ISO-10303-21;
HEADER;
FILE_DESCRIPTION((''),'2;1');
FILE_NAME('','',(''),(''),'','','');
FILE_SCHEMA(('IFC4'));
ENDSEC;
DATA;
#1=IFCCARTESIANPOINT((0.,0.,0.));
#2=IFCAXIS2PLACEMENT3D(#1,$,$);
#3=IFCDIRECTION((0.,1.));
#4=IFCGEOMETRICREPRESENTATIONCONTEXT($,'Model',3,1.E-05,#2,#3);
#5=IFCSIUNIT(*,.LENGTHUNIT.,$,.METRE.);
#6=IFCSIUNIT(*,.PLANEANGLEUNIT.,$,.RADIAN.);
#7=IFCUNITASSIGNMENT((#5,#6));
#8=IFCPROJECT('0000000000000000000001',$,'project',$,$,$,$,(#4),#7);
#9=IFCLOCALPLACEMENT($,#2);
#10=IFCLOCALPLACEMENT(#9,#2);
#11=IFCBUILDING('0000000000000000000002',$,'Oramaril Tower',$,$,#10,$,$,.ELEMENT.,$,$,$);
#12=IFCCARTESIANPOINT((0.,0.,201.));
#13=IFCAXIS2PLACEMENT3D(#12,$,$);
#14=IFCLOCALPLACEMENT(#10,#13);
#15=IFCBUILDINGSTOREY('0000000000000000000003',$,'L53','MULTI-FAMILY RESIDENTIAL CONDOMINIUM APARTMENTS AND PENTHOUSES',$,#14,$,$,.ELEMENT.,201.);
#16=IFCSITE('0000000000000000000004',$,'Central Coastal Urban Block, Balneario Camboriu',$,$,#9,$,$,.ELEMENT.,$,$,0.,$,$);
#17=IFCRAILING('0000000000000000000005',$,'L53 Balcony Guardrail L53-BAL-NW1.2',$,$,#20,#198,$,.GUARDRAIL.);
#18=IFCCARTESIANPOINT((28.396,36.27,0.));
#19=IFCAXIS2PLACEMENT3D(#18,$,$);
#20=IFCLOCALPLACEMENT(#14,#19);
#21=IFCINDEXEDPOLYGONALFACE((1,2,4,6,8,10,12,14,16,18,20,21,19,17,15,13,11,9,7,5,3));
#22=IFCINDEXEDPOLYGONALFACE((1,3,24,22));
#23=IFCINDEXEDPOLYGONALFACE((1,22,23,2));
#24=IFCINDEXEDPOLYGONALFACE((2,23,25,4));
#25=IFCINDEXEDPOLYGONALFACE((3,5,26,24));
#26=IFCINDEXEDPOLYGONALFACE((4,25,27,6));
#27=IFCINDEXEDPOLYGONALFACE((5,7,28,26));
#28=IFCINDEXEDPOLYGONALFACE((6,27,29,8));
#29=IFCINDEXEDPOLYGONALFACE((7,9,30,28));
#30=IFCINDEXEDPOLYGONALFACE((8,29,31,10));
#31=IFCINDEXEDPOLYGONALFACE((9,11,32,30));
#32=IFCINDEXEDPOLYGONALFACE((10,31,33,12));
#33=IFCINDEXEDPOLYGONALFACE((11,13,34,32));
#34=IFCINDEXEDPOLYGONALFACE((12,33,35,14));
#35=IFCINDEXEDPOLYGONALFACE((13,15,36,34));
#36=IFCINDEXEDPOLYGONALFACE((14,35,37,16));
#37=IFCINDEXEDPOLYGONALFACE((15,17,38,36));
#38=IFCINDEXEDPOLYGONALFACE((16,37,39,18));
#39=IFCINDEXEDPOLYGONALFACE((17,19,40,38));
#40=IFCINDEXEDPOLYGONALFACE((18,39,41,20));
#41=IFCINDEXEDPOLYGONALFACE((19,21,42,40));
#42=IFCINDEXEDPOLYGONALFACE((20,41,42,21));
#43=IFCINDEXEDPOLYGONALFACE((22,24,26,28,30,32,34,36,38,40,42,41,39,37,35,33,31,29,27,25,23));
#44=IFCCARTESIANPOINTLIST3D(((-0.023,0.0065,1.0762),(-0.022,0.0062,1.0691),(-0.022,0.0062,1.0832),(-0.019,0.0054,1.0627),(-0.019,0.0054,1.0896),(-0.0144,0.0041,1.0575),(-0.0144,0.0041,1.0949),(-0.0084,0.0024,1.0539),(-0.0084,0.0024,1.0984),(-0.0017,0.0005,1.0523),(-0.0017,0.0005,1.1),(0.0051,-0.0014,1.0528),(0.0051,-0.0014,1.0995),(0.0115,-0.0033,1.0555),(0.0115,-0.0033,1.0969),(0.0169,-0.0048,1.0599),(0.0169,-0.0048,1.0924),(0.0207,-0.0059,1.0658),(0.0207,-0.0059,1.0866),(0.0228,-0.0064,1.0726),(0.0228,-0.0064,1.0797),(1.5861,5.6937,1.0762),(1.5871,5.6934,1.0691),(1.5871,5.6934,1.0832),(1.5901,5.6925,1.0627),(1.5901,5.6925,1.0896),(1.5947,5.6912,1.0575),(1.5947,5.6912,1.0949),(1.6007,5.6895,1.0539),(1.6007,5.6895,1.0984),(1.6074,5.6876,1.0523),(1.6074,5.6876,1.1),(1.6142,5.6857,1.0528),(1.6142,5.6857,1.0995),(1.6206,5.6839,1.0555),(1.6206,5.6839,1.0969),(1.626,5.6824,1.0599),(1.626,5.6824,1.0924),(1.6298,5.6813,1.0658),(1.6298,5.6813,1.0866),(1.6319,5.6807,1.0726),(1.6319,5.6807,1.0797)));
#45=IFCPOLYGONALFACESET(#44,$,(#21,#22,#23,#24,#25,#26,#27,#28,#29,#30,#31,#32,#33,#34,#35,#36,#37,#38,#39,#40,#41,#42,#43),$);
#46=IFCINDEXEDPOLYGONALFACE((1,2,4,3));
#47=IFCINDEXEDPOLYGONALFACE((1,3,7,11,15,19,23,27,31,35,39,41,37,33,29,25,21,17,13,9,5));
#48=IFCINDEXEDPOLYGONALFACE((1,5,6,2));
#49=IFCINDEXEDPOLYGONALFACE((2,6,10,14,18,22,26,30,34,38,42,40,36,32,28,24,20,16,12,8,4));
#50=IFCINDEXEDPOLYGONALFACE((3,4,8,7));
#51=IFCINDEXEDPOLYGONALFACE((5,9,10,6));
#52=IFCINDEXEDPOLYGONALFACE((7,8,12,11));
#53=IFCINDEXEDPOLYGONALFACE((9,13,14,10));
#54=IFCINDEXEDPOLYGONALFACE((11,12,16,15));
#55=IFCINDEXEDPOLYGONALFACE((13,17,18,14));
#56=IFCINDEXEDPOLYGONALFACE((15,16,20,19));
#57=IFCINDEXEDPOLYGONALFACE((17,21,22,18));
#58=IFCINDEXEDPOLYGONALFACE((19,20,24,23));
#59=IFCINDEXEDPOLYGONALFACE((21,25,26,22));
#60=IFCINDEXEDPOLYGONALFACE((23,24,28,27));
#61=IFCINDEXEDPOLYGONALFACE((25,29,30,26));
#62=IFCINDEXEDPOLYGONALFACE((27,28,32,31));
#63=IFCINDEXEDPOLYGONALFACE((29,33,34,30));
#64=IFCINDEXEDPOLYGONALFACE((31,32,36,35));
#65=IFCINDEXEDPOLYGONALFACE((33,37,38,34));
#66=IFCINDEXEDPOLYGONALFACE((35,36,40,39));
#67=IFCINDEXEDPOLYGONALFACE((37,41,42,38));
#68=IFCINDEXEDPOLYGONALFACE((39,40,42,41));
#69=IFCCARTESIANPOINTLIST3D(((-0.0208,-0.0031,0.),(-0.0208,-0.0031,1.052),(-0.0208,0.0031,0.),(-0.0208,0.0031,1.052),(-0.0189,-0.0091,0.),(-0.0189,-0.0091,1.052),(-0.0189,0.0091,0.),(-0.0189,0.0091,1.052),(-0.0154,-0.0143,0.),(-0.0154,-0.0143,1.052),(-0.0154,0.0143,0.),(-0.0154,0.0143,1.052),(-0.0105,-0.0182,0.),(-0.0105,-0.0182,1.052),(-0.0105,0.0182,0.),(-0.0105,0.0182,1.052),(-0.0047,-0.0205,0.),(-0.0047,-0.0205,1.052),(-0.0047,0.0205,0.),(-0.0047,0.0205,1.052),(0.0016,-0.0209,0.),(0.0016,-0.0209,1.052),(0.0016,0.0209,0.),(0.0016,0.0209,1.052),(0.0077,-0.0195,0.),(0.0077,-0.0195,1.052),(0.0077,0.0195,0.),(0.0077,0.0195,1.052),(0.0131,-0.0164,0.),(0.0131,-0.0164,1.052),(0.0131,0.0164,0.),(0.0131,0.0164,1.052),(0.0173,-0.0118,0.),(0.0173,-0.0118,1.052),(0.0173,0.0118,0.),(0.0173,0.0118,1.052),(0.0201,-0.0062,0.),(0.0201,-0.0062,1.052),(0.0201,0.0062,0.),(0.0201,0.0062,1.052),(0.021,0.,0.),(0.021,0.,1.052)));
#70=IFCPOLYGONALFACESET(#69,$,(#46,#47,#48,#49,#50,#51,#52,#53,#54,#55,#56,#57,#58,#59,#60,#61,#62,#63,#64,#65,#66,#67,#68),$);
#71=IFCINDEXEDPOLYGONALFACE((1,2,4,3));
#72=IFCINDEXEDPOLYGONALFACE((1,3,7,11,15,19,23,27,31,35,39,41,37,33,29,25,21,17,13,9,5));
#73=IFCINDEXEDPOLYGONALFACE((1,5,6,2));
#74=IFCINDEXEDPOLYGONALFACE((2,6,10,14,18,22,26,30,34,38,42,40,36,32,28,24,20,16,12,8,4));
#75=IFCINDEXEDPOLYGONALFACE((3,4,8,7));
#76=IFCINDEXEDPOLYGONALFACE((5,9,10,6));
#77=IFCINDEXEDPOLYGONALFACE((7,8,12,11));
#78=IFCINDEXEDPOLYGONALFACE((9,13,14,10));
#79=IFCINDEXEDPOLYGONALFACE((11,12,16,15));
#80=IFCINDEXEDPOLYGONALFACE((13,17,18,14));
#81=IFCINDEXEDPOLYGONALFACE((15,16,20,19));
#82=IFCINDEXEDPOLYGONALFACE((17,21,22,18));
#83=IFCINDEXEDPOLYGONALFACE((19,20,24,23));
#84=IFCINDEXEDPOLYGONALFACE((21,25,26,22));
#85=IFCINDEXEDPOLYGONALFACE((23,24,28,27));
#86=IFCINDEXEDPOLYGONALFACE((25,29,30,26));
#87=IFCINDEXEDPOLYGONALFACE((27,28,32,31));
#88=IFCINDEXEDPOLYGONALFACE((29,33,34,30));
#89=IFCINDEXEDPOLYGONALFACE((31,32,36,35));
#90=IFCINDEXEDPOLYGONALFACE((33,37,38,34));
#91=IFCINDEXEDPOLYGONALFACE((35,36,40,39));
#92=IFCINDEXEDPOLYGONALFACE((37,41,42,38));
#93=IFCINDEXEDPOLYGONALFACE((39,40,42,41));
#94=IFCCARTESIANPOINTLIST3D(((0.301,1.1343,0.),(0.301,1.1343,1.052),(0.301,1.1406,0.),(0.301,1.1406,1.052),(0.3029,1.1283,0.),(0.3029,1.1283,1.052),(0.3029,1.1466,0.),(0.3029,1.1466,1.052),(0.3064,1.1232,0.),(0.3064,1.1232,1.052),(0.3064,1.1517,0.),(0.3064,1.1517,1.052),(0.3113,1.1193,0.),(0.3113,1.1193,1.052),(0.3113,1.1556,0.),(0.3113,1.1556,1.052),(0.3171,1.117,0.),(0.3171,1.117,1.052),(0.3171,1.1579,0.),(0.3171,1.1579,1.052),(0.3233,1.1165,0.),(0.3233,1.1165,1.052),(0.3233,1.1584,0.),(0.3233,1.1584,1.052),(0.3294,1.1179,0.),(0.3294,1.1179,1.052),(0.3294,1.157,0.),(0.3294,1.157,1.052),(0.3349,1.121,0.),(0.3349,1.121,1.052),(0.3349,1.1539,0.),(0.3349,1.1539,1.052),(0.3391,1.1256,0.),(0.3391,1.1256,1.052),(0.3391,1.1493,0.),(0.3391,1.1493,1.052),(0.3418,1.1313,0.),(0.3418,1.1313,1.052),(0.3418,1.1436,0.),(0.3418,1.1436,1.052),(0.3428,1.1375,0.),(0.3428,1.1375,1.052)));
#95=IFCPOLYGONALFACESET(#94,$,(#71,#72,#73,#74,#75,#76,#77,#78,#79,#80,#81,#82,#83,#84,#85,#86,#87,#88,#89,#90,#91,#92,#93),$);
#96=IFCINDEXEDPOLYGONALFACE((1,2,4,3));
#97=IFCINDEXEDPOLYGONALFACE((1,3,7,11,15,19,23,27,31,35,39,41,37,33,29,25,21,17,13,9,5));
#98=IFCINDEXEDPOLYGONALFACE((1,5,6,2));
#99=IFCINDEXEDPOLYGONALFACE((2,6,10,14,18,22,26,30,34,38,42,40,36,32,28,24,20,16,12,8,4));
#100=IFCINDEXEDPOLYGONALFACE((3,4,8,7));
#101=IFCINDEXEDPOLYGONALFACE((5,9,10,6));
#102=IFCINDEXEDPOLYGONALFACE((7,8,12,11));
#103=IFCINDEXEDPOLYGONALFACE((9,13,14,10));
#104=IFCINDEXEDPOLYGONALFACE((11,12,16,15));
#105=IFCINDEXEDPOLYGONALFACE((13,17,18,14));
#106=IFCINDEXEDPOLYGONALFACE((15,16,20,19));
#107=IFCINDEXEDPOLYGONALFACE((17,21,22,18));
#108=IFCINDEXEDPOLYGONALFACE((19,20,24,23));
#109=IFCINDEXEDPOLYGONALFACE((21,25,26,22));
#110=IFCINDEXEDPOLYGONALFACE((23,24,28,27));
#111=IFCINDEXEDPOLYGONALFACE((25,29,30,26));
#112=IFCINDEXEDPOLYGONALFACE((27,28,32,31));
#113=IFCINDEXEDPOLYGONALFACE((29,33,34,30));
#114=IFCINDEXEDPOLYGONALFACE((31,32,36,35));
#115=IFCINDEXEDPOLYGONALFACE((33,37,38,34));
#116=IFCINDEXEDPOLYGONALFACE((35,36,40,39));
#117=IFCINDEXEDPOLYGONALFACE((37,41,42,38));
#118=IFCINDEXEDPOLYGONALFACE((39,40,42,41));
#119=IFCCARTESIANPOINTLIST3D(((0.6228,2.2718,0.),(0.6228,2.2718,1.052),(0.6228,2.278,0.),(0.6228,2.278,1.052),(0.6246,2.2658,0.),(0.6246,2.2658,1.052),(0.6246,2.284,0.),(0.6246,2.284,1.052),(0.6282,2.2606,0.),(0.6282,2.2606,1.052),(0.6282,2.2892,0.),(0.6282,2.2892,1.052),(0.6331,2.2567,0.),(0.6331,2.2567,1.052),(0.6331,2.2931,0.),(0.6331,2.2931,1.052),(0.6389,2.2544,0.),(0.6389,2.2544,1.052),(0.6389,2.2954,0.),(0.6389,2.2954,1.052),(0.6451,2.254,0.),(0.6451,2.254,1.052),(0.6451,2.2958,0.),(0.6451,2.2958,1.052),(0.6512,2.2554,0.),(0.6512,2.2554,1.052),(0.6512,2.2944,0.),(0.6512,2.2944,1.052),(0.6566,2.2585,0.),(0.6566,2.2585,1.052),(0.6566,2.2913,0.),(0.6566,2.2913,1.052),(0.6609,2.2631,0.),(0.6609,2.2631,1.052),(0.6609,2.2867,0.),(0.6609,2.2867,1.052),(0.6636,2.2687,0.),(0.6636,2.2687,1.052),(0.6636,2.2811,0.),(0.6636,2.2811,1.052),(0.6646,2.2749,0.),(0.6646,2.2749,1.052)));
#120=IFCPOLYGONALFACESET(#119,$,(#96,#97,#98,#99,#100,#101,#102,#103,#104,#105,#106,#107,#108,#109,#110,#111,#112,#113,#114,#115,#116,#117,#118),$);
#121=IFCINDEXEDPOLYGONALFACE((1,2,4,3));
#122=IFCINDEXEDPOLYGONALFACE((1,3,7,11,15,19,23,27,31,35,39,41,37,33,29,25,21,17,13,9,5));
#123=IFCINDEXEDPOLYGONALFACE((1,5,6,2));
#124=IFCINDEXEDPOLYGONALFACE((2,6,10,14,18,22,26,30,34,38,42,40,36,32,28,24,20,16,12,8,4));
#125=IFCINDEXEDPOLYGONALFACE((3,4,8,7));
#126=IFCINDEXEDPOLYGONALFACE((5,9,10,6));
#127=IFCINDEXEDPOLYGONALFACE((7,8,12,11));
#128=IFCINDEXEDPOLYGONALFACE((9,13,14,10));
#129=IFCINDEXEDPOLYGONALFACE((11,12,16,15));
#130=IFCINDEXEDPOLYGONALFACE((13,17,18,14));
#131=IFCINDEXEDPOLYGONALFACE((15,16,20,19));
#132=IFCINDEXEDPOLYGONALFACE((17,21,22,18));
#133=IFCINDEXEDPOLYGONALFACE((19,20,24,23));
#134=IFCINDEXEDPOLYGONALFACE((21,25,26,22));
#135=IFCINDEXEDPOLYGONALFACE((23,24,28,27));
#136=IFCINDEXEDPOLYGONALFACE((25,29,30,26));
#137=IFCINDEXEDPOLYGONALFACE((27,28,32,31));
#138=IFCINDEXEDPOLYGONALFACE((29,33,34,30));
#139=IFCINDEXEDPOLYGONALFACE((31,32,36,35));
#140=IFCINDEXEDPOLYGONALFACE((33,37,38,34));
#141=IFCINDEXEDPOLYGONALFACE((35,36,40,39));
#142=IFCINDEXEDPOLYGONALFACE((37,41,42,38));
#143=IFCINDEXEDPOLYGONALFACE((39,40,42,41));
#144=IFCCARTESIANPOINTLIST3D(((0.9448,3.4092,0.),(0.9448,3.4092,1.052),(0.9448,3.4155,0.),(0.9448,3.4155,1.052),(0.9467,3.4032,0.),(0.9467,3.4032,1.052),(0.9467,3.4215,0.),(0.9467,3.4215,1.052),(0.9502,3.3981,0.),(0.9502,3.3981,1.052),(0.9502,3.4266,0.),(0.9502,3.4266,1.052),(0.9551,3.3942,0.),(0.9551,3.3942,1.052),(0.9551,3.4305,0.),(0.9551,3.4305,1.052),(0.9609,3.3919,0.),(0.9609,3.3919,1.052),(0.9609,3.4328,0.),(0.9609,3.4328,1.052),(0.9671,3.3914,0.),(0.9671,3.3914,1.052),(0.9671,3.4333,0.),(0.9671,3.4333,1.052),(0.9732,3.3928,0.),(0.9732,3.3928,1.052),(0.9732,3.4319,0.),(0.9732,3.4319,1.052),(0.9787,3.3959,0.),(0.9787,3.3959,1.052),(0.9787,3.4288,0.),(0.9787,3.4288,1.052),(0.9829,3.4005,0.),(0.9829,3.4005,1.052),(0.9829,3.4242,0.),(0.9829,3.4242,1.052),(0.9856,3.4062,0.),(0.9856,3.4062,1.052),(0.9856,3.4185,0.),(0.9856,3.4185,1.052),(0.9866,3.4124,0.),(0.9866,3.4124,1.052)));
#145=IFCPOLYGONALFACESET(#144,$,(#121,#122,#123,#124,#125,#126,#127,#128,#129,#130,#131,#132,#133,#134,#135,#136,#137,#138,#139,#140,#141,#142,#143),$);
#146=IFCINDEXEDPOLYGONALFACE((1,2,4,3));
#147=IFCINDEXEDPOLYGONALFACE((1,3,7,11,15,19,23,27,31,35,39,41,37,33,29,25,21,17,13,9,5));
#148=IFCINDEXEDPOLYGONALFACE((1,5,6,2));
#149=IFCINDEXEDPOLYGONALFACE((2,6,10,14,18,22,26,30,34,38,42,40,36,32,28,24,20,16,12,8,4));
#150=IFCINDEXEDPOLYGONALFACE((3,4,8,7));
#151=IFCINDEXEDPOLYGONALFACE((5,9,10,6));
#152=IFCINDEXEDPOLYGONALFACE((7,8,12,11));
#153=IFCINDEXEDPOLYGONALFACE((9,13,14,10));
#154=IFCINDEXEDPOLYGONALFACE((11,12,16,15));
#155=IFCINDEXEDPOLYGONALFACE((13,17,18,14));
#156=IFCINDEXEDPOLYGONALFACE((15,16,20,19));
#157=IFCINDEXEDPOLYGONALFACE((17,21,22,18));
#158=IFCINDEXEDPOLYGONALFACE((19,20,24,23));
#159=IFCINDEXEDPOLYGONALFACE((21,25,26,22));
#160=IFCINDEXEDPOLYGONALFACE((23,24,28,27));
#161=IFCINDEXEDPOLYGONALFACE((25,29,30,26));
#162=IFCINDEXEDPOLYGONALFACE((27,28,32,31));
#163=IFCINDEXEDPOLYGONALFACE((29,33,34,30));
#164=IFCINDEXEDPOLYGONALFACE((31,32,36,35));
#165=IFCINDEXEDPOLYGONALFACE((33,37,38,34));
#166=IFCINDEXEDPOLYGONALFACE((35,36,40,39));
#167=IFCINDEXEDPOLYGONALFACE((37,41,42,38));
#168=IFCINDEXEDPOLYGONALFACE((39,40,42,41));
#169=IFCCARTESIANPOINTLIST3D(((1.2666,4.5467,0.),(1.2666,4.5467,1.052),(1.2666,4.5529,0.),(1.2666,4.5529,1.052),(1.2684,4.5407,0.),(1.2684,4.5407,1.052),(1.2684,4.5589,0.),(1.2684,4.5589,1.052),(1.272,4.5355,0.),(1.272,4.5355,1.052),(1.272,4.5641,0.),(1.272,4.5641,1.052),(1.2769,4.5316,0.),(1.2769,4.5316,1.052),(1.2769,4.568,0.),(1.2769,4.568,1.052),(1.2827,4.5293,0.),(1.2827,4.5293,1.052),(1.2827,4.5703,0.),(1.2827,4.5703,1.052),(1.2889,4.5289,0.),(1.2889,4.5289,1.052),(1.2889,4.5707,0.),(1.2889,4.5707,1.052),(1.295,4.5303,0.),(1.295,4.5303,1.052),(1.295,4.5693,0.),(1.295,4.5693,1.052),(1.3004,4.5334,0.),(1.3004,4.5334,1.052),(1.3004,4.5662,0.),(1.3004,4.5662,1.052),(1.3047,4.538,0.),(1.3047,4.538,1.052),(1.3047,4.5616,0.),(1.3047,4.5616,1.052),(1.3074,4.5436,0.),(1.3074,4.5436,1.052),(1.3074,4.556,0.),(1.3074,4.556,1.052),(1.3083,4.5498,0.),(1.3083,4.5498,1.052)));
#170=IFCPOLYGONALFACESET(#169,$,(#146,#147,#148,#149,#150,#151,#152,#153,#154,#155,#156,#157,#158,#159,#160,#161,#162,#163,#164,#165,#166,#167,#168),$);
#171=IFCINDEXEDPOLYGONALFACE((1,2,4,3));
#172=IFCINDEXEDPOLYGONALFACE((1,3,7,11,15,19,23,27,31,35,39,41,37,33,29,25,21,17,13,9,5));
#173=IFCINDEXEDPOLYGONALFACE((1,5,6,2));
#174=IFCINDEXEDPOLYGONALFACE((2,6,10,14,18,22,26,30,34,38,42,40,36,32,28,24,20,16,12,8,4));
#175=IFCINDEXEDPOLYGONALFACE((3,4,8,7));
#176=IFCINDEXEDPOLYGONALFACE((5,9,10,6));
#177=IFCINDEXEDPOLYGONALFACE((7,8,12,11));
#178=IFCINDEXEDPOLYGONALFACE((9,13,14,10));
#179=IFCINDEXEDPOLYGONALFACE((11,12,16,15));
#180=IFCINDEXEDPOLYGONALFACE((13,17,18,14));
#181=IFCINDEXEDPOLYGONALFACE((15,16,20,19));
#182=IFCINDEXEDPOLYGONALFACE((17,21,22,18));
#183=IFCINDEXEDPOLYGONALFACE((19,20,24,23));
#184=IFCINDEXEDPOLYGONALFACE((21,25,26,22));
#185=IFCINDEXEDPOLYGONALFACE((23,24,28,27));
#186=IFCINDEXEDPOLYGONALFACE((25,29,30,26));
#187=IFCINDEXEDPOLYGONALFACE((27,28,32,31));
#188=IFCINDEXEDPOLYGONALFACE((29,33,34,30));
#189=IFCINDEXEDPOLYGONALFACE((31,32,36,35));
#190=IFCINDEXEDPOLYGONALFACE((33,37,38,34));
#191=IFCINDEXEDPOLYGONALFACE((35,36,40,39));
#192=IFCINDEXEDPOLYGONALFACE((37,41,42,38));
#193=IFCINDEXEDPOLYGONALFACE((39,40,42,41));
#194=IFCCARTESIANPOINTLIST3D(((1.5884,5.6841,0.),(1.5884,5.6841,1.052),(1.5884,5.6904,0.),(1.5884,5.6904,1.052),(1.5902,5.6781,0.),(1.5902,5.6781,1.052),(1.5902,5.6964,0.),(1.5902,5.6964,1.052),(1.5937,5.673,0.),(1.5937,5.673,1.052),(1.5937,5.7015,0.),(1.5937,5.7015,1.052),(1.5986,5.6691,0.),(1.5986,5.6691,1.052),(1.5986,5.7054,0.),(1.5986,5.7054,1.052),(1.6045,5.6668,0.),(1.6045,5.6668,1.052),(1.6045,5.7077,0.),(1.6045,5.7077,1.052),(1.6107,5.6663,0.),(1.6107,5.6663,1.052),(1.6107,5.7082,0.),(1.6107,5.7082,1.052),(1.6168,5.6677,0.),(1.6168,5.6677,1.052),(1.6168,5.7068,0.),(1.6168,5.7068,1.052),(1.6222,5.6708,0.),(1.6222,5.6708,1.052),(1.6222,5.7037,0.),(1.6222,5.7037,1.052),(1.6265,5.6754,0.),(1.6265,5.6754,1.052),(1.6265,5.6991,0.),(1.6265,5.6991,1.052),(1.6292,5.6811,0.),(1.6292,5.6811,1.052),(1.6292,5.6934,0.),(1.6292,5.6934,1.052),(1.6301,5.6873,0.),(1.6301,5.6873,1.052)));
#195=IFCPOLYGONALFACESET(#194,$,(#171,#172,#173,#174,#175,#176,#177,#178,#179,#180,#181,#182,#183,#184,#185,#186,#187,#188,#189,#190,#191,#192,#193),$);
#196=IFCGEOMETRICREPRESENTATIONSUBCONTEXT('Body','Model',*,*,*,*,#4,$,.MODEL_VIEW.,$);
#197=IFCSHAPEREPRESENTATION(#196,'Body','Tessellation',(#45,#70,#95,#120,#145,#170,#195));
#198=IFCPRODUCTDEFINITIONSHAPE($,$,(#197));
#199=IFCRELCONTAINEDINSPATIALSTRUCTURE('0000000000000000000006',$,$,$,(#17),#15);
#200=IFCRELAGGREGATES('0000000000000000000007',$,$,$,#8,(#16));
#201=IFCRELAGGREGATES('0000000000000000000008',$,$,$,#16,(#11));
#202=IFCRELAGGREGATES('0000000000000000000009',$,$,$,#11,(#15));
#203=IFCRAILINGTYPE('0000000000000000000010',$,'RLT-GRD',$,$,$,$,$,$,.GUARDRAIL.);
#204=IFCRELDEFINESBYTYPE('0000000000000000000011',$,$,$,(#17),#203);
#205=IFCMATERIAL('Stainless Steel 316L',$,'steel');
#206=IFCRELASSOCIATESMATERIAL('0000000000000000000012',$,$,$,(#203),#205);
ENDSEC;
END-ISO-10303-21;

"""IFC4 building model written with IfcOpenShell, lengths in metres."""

from ifc_helpers import new_model, si_unit, direction, frame, origin, origin_2d, place, context, subcontext, project, spatial, circle, extrude, material, type_object, element, save


model = new_model("IFC4")

# Units and contexts
model_context = context("Model", 3, precision=1e-05, world=origin(), true_north=direction((0.0, 1.0)))
body_context = subcontext(model_context, "Body", "Model", "MODEL_VIEW")
ifc_project = project(units=[si_unit("LENGTHUNIT", "METRE"), si_unit("PLANEANGLEUNIT", "RADIAN")], contexts=[model_context])

# Site, building, storey
site_placement = place(None, origin())
site = spatial("IfcSite", under=ifc_project, at=site_placement, Name="Central Coastal Urban Block, Balneario Camboriu", CompositionType="ELEMENT", RefElevation=0.0)
building_placement = place(site_placement, origin())
building = spatial("IfcBuilding", under=site, at=building_placement, Name="Oramaril Tower", CompositionType="ELEMENT")
storey_placement = place(building_placement, frame((0.0, 0.0, 201.0)))
storey = spatial("IfcBuildingStorey", under=building, at=storey_placement, Name="L53", Description="MULTI-FAMILY RESIDENTIAL CONDOMINIUM APARTMENTS AND PENTHOUSES", CompositionType="ELEMENT", Elevation=201.0)

# Railing
ifc_material_1 = material(Name="Stainless Steel 316L", Category="steel")
railing_type = type_object("IfcRailingType", Name="RLT-GRD", PredefinedType="GUARDRAIL", material=ifc_material_1)
railing_1_placement = place(storey_placement, frame((28.396, 36.27, 0.0)))
element("IfcRailing", 1, at=railing_1_placement, inside=storey, type_object=railing_type, Name="L53 Balcony Guardrail L53-BAL-NW1.2", PredefinedType="GUARDRAIL", context=body_context, shape_type="SweptSolid", body=[
    extrude(circle(Radius=0.0239, at=origin_2d()), frame((0.0, 0.0, 1.0762), z_axis=(0.272249, 0.962227, 0.0), x_axis=(-0.962227, 0.272249, 0.0)), (0.0, 0.0, 1.0), 5.9104),
    extrude(circle(Radius=0.021, at=origin_2d()), origin(), (0.0, 0.0, 1.0), 1.052),
    extrude(circle(Radius=0.021, at=origin_2d()), frame((0.3218, 1.1375, 0.0)), (0.0, 0.0, 1.0), 1.052),
    extrude(circle(Radius=0.021, at=origin_2d()), frame((0.6436, 2.2749, 0.0)), (0.0, 0.0, 1.0), 1.052),
    extrude(circle(Radius=0.021, at=origin_2d()), frame((0.9656, 3.4124, 0.0)), (0.0, 0.0, 1.0), 1.052),
    extrude(circle(Radius=0.021, at=origin_2d()), frame((1.2874, 4.5498, 0.0)), (0.0, 0.0, 1.0), 1.052),
    extrude(circle(Radius=0.021, at=origin_2d()), frame((1.6091, 5.6873, 0.0)), (0.0, 0.0, 1.0), 1.052),
])

save(model, "model.ifc")
